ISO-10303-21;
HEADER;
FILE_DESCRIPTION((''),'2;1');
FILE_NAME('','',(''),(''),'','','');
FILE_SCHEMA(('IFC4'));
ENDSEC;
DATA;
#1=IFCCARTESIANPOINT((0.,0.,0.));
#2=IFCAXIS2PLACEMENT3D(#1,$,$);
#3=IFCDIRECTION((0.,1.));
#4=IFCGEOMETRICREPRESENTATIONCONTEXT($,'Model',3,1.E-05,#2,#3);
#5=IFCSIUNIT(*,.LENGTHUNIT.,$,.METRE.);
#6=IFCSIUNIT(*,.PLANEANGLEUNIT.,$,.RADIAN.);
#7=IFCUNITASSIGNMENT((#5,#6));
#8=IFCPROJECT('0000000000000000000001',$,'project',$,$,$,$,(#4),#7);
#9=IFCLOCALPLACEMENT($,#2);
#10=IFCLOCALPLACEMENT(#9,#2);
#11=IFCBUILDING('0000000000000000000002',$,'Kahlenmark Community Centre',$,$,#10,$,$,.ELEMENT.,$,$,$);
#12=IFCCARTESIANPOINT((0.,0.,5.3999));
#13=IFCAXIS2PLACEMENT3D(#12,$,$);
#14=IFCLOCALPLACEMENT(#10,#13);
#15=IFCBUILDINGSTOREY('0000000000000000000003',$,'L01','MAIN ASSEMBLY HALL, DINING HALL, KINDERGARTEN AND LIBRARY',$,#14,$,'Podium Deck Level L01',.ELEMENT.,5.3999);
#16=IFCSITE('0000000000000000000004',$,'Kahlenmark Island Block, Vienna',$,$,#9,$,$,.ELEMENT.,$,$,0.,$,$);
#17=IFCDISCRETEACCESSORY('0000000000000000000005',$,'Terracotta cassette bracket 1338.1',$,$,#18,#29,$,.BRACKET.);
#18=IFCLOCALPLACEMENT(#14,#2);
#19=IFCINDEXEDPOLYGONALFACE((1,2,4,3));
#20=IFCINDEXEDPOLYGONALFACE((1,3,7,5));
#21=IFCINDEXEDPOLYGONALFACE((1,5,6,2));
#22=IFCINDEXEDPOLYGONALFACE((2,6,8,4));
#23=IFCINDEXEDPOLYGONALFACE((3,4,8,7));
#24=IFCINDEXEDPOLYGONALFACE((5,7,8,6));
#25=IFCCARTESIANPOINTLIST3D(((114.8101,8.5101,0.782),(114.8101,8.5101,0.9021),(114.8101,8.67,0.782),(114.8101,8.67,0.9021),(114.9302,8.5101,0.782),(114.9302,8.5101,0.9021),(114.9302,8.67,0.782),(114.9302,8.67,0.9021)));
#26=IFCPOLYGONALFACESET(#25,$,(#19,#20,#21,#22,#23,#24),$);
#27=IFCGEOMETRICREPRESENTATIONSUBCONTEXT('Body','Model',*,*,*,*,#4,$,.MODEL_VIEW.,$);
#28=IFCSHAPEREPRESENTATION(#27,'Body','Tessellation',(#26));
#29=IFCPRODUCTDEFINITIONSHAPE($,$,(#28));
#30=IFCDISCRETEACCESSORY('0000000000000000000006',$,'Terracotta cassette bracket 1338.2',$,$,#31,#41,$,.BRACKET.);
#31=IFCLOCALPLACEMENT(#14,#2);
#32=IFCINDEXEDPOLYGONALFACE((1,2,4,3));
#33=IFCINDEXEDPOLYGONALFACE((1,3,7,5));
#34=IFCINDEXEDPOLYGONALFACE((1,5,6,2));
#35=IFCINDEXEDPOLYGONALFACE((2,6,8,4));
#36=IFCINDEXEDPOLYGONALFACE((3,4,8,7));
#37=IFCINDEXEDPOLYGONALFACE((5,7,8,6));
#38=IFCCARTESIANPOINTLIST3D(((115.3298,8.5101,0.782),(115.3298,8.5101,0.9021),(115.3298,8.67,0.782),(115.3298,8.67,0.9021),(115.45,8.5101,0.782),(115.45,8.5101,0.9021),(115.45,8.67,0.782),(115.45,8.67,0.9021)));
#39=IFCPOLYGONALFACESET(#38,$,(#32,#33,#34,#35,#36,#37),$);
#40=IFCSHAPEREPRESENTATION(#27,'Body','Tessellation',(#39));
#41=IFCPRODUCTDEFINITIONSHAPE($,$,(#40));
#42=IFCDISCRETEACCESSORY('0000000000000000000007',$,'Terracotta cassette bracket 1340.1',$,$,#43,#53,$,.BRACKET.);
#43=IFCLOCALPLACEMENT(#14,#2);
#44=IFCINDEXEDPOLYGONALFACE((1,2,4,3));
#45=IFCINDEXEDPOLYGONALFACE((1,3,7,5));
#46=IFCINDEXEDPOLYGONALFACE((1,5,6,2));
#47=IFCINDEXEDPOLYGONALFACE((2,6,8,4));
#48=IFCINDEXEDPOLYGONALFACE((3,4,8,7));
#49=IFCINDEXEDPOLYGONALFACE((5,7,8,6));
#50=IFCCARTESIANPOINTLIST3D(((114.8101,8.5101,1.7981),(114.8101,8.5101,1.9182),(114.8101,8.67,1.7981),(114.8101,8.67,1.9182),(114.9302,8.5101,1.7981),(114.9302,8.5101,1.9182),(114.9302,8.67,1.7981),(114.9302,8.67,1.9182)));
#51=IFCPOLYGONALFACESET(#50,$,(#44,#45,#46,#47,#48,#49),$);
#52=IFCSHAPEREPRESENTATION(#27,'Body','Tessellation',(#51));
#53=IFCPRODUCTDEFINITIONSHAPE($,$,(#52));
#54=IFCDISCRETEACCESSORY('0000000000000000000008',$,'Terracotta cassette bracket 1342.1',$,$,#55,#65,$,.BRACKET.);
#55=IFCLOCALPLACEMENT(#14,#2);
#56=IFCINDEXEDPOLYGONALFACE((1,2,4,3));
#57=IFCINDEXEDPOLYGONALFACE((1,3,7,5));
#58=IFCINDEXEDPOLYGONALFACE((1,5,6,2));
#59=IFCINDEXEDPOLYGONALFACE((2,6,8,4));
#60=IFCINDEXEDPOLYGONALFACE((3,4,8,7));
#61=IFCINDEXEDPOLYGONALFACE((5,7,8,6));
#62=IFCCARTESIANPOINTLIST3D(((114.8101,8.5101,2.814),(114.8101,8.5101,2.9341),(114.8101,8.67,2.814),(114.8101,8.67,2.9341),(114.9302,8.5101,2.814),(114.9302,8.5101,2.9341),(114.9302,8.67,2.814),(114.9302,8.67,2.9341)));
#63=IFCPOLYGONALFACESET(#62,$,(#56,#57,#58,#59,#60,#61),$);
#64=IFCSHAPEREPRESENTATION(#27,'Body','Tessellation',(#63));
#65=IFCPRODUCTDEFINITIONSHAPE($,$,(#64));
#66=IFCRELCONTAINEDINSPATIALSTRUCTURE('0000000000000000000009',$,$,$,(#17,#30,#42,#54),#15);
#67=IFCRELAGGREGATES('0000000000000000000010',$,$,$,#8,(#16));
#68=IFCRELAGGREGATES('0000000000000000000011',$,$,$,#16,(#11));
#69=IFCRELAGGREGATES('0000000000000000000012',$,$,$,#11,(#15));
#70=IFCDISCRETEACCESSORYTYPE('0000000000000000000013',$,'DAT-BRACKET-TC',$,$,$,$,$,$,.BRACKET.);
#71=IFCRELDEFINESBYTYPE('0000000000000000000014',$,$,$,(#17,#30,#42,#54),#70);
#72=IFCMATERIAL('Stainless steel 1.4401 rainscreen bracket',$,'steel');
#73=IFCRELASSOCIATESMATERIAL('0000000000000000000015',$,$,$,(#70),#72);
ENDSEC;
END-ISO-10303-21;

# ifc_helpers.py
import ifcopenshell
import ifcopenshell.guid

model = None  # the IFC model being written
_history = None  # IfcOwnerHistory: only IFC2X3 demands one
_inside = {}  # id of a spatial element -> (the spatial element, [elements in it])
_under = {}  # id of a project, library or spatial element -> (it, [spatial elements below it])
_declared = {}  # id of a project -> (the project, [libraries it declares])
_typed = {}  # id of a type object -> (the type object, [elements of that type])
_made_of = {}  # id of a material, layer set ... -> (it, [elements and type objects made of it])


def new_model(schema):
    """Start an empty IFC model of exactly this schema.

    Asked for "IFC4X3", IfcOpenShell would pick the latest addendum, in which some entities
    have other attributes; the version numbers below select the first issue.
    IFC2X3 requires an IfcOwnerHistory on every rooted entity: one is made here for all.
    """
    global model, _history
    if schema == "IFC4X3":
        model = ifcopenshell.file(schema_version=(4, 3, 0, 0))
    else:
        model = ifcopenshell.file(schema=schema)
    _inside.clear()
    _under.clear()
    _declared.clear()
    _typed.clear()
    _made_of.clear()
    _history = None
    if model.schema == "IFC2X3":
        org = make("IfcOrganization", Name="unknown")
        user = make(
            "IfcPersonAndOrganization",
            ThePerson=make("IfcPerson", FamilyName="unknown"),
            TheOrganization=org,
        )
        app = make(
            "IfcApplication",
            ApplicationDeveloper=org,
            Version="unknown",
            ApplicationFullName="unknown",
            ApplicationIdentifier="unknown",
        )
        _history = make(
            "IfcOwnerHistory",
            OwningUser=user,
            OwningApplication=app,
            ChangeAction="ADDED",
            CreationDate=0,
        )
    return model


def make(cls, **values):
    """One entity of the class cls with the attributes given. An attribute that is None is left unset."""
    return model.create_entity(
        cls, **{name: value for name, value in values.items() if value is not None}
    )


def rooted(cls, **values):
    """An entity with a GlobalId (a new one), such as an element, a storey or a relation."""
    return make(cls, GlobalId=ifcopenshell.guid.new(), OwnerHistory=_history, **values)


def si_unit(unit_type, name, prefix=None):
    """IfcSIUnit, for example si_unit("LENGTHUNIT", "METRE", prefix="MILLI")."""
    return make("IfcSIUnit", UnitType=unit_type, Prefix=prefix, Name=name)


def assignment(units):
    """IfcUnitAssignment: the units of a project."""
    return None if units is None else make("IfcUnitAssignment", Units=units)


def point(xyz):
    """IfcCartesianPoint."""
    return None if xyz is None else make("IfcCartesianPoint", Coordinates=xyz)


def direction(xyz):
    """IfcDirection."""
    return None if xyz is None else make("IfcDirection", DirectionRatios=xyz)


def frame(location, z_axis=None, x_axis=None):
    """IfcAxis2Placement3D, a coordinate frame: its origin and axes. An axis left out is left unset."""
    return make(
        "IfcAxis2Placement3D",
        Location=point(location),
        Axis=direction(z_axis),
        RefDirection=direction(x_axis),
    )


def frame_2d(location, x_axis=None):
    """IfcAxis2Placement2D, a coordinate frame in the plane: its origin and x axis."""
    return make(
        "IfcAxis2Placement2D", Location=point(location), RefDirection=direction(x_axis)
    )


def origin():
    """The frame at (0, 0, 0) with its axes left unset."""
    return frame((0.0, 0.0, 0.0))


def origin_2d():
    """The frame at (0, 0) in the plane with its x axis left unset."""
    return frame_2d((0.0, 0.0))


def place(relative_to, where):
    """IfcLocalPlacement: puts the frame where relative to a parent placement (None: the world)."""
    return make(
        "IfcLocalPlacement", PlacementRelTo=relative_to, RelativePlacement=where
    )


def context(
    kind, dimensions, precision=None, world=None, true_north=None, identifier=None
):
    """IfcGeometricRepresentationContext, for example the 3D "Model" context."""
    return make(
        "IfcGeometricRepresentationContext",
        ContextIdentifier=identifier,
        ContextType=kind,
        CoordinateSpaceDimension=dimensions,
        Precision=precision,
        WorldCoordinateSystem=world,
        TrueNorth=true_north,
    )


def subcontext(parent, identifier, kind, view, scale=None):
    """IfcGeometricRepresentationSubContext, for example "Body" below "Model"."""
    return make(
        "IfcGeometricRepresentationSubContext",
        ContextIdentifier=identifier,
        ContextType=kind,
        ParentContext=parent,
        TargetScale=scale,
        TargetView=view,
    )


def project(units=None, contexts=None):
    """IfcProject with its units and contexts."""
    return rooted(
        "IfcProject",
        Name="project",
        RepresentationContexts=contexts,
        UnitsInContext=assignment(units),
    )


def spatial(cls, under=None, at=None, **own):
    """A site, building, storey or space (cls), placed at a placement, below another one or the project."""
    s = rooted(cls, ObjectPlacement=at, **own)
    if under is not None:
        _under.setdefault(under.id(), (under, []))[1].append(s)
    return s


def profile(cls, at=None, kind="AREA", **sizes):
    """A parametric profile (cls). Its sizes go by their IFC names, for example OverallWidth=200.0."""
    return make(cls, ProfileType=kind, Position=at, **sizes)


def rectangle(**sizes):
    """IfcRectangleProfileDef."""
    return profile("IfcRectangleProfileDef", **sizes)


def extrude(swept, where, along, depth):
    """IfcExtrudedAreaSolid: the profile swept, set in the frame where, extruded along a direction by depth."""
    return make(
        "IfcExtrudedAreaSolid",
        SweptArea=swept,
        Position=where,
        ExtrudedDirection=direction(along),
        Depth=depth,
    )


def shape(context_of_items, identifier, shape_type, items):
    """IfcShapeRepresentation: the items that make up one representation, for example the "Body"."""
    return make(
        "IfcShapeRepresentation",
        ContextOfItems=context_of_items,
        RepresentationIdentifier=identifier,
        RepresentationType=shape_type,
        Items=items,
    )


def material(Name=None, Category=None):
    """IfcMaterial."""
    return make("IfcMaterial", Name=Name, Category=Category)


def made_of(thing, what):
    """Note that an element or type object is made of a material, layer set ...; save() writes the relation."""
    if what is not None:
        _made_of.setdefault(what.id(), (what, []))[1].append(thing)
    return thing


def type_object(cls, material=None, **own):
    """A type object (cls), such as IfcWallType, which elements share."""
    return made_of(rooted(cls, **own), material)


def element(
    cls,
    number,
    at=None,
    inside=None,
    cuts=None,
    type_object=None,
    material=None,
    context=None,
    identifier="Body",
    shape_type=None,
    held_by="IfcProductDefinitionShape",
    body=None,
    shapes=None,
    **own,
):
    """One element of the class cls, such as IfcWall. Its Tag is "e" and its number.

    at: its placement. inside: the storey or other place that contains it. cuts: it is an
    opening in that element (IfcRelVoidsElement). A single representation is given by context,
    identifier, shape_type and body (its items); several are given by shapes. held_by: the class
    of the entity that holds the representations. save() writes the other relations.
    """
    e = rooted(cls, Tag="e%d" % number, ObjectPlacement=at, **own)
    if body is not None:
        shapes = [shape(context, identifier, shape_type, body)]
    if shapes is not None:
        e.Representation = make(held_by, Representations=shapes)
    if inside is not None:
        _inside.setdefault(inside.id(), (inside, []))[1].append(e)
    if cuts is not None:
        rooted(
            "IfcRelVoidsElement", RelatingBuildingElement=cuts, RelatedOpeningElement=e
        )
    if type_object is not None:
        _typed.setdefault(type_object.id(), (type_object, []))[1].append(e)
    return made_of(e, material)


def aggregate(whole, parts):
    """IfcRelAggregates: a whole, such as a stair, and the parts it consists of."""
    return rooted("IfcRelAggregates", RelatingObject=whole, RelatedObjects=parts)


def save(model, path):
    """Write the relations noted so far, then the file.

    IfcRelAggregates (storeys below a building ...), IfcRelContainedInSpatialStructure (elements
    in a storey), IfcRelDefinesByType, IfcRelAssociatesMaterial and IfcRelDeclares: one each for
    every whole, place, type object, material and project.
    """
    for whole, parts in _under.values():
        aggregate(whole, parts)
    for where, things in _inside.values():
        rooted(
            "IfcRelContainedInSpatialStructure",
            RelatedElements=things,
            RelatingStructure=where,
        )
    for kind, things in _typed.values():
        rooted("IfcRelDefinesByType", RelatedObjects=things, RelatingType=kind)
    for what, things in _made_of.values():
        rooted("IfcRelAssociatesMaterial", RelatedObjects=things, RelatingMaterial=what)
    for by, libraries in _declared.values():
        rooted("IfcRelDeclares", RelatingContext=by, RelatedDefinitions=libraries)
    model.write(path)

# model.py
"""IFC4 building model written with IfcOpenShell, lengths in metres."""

from ifc_helpers import new_model, si_unit, direction, frame, origin, origin_2d, place, context, subcontext, project, spatial, rectangle, extrude, material, type_object, element, save


model = new_model("IFC4")

# Units and contexts
model_context = context("Model", 3, precision=1e-05, world=origin(), true_north=direction((0.0, 1.0)))
body_context = subcontext(model_context, "Body", "Model", "MODEL_VIEW")
ifc_project = project(units=[si_unit("LENGTHUNIT", "METRE"), si_unit("PLANEANGLEUNIT", "RADIAN")], contexts=[model_context])

# Site, building, storey
site_placement = place(None, origin())
site = spatial("IfcSite", under=ifc_project, at=site_placement, Name="Kahlenmark Island Block, Vienna", CompositionType="ELEMENT", RefElevation=0.0)
building_placement = place(site_placement, origin())
building = spatial("IfcBuilding", under=site, at=building_placement, Name="Kahlenmark Community Centre", CompositionType="ELEMENT")
storey_placement = place(building_placement, frame((0.0, 0.0, 5.3999)))
storey = spatial("IfcBuildingStorey", under=building, at=storey_placement, Name="L01", Description="MAIN ASSEMBLY HALL, DINING HALL, KINDERGARTEN AND LIBRARY", LongName="Podium Deck Level L01", CompositionType="ELEMENT", Elevation=5.3999)

# Discrete accessories
ifc_material_1 = material(Name="Stainless steel 1.4401 rainscreen bracket", Category="steel")
discrete_accessory_type = type_object("IfcDiscreteAccessoryType", Name="DAT-BRACKET-TC", PredefinedType="BRACKET", material=ifc_material_1)
for number, where, z_axis, x_axis, name in (
    (1, (114.8701, 8.5901, 0.782), (0.0, 0.0, 1.0), (1.0, 0.0, 0.0), "Terracotta cassette bracket 1338.1"),
    (2, (115.3899, 8.5901, 0.782), (0.0, 0.0, 1.0), (1.0, 0.0, 0.0), "Terracotta cassette bracket 1338.2"),
    (3, (114.8701, 8.5901, 1.7981), (0.0, 0.0, 1.0), (1.0, 0.0, 0.0), "Terracotta cassette bracket 1340.1"),
    (4, (114.8701, 8.5901, 2.814), (0.0, 0.0, 1.0), (1.0, 0.0, 0.0), "Terracotta cassette bracket 1342.1"),
):
    element("IfcDiscreteAccessory", number, at=place(storey_placement, frame(where, z_axis=z_axis, x_axis=x_axis)), inside=storey, type_object=discrete_accessory_type, Name=name, PredefinedType="BRACKET", context=body_context, shape_type="SweptSolid", body=[
        extrude(rectangle(XDim=0.1201, YDim=0.1599, at=origin_2d()), origin(), (0.0, 0.0, 1.0), 0.1201),
    ])

save(model, "model.ifc")
